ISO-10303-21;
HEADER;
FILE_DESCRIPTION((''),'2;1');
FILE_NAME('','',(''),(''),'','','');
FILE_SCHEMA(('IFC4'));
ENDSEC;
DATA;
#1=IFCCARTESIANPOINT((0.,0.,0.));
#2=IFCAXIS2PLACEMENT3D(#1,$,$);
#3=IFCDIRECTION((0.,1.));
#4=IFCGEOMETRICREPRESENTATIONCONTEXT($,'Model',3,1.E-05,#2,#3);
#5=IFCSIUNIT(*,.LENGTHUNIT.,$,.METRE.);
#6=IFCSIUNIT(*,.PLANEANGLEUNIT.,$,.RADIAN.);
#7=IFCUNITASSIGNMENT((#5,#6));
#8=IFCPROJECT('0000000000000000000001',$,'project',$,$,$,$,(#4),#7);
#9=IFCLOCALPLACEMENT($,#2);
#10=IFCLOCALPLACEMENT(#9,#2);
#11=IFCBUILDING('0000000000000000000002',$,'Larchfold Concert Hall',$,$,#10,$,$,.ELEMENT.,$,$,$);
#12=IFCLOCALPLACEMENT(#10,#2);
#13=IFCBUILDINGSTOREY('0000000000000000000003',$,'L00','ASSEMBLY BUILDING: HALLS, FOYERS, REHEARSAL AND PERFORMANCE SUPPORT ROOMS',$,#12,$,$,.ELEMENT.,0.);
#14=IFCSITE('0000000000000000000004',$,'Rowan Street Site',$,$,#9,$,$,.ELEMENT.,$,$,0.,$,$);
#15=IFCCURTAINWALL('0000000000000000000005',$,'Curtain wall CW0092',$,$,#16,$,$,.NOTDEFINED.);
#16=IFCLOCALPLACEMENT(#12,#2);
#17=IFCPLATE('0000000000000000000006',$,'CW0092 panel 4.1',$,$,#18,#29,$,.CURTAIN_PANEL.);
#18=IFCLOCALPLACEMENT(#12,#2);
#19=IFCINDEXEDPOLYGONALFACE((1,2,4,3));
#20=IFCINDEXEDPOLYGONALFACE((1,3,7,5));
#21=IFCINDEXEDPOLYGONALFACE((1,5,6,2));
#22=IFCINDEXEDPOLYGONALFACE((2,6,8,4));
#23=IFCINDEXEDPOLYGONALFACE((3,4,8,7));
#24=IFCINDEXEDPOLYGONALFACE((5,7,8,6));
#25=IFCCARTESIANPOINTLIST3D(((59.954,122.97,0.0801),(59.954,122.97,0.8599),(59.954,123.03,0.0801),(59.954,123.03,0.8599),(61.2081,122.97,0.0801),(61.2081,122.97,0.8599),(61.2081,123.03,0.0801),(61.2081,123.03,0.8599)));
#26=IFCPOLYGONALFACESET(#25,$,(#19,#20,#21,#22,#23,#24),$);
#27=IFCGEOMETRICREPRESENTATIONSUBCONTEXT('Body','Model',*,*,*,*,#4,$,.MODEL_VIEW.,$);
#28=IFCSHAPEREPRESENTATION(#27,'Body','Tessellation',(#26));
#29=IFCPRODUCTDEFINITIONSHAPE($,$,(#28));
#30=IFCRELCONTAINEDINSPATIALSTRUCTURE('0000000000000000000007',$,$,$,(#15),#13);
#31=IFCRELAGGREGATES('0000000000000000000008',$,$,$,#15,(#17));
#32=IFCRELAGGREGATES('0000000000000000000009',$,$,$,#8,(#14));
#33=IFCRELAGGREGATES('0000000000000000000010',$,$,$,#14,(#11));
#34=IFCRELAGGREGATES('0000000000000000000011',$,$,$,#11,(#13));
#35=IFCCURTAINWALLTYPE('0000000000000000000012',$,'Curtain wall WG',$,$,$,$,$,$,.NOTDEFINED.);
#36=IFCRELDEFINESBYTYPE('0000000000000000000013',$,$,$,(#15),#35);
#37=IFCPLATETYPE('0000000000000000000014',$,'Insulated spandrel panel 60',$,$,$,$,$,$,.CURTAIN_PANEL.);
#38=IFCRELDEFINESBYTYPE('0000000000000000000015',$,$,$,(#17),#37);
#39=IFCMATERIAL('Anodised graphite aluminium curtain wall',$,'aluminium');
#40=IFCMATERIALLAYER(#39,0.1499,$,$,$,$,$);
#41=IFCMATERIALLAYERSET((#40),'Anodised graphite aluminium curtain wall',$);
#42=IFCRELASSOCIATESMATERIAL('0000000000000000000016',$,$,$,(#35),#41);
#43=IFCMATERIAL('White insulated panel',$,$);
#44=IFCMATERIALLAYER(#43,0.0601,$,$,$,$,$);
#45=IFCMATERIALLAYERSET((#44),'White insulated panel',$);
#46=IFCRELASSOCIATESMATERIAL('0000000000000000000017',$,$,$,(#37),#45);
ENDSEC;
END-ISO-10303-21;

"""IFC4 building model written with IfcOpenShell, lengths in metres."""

from ifc_helpers import new_model, si_unit, direction, frame, origin, origin_2d, place, context, subcontext, project, spatial, rectangle, extrude, material, layer, layer_set, type_object, element, aggregate, save


model = new_model("IFC4")

# Units and contexts
model_context = context("Model", 3, precision=1e-05, world=origin(), true_north=direction((0.0, 1.0)))
body_context = subcontext(model_context, "Body", "Model", "MODEL_VIEW")
ifc_project = project(units=[si_unit("LENGTHUNIT", "METRE"), si_unit("PLANEANGLEUNIT", "RADIAN")], contexts=[model_context])

# Site, building, storey
site_placement = place(None, origin())
site = spatial("IfcSite", under=ifc_project, at=site_placement, Name="Rowan Street Site", CompositionType="ELEMENT", RefElevation=0.0)
building_placement = place(site_placement, origin())
building = spatial("IfcBuilding", under=site, at=building_placement, Name="Larchfold Concert Hall", CompositionType="ELEMENT")
storey_placement = place(building_placement, origin())
storey = spatial("IfcBuildingStorey", under=building, at=storey_placement, Name="L00", Description="ASSEMBLY BUILDING: HALLS, FOYERS, REHEARSAL AND PERFORMANCE SUPPORT ROOMS", CompositionType="ELEMENT", Elevation=0.0)

# Curtain wall, plate
ifc_material_1 = material(Name="Anodised graphite aluminium curtain wall", Category="aluminium")
ifc_layer_1 = layer(ifc_material_1, 0.1499)
ifc_layer_set_1 = layer_set([ifc_layer_1], Name="Anodised graphite aluminium curtain wall")
curtain_wall_type = type_object("IfcCurtainWallType", Name="Curtain wall WG", PredefinedType="NOTDEFINED", material=ifc_layer_set_1)
curtain_wall_placement = place(storey_placement, origin())
curtain_wall = element("IfcCurtainWall", 1, at=curtain_wall_placement, inside=storey, type_object=curtain_wall_type, Name="Curtain wall CW0092", PredefinedType="NOTDEFINED")
ifc_material_2 = material(Name="White insulated panel")
ifc_layer_2 = layer(ifc_material_2, 0.0601)
ifc_layer_set_2 = layer_set([ifc_layer_2], Name="White insulated panel")
plate_type_1 = type_object("IfcPlateType", Name="Insulated spandrel panel 60", PredefinedType="CURTAIN_PANEL", material=ifc_layer_set_2)
plate_1_placement = place(storey_placement, frame((60.5811, 123.0, 0.0801), z_axis=(0.0, 0.0, 1.0), x_axis=(1.0, 0.0, 0.0)))
plate_1 = element("IfcPlate", 2, at=plate_1_placement, type_object=plate_type_1, Name="CW0092 panel 4.1", PredefinedType="CURTAIN_PANEL", context=body_context, shape_type="SweptSolid", body=[
    extrude(rectangle(XDim=1.2542, YDim=0.0601, at=origin_2d()), origin(), (0.0, 0.0, 1.0), 0.7798),
])
aggregate(curtain_wall, [plate_1])

save(model, "model.ifc")
